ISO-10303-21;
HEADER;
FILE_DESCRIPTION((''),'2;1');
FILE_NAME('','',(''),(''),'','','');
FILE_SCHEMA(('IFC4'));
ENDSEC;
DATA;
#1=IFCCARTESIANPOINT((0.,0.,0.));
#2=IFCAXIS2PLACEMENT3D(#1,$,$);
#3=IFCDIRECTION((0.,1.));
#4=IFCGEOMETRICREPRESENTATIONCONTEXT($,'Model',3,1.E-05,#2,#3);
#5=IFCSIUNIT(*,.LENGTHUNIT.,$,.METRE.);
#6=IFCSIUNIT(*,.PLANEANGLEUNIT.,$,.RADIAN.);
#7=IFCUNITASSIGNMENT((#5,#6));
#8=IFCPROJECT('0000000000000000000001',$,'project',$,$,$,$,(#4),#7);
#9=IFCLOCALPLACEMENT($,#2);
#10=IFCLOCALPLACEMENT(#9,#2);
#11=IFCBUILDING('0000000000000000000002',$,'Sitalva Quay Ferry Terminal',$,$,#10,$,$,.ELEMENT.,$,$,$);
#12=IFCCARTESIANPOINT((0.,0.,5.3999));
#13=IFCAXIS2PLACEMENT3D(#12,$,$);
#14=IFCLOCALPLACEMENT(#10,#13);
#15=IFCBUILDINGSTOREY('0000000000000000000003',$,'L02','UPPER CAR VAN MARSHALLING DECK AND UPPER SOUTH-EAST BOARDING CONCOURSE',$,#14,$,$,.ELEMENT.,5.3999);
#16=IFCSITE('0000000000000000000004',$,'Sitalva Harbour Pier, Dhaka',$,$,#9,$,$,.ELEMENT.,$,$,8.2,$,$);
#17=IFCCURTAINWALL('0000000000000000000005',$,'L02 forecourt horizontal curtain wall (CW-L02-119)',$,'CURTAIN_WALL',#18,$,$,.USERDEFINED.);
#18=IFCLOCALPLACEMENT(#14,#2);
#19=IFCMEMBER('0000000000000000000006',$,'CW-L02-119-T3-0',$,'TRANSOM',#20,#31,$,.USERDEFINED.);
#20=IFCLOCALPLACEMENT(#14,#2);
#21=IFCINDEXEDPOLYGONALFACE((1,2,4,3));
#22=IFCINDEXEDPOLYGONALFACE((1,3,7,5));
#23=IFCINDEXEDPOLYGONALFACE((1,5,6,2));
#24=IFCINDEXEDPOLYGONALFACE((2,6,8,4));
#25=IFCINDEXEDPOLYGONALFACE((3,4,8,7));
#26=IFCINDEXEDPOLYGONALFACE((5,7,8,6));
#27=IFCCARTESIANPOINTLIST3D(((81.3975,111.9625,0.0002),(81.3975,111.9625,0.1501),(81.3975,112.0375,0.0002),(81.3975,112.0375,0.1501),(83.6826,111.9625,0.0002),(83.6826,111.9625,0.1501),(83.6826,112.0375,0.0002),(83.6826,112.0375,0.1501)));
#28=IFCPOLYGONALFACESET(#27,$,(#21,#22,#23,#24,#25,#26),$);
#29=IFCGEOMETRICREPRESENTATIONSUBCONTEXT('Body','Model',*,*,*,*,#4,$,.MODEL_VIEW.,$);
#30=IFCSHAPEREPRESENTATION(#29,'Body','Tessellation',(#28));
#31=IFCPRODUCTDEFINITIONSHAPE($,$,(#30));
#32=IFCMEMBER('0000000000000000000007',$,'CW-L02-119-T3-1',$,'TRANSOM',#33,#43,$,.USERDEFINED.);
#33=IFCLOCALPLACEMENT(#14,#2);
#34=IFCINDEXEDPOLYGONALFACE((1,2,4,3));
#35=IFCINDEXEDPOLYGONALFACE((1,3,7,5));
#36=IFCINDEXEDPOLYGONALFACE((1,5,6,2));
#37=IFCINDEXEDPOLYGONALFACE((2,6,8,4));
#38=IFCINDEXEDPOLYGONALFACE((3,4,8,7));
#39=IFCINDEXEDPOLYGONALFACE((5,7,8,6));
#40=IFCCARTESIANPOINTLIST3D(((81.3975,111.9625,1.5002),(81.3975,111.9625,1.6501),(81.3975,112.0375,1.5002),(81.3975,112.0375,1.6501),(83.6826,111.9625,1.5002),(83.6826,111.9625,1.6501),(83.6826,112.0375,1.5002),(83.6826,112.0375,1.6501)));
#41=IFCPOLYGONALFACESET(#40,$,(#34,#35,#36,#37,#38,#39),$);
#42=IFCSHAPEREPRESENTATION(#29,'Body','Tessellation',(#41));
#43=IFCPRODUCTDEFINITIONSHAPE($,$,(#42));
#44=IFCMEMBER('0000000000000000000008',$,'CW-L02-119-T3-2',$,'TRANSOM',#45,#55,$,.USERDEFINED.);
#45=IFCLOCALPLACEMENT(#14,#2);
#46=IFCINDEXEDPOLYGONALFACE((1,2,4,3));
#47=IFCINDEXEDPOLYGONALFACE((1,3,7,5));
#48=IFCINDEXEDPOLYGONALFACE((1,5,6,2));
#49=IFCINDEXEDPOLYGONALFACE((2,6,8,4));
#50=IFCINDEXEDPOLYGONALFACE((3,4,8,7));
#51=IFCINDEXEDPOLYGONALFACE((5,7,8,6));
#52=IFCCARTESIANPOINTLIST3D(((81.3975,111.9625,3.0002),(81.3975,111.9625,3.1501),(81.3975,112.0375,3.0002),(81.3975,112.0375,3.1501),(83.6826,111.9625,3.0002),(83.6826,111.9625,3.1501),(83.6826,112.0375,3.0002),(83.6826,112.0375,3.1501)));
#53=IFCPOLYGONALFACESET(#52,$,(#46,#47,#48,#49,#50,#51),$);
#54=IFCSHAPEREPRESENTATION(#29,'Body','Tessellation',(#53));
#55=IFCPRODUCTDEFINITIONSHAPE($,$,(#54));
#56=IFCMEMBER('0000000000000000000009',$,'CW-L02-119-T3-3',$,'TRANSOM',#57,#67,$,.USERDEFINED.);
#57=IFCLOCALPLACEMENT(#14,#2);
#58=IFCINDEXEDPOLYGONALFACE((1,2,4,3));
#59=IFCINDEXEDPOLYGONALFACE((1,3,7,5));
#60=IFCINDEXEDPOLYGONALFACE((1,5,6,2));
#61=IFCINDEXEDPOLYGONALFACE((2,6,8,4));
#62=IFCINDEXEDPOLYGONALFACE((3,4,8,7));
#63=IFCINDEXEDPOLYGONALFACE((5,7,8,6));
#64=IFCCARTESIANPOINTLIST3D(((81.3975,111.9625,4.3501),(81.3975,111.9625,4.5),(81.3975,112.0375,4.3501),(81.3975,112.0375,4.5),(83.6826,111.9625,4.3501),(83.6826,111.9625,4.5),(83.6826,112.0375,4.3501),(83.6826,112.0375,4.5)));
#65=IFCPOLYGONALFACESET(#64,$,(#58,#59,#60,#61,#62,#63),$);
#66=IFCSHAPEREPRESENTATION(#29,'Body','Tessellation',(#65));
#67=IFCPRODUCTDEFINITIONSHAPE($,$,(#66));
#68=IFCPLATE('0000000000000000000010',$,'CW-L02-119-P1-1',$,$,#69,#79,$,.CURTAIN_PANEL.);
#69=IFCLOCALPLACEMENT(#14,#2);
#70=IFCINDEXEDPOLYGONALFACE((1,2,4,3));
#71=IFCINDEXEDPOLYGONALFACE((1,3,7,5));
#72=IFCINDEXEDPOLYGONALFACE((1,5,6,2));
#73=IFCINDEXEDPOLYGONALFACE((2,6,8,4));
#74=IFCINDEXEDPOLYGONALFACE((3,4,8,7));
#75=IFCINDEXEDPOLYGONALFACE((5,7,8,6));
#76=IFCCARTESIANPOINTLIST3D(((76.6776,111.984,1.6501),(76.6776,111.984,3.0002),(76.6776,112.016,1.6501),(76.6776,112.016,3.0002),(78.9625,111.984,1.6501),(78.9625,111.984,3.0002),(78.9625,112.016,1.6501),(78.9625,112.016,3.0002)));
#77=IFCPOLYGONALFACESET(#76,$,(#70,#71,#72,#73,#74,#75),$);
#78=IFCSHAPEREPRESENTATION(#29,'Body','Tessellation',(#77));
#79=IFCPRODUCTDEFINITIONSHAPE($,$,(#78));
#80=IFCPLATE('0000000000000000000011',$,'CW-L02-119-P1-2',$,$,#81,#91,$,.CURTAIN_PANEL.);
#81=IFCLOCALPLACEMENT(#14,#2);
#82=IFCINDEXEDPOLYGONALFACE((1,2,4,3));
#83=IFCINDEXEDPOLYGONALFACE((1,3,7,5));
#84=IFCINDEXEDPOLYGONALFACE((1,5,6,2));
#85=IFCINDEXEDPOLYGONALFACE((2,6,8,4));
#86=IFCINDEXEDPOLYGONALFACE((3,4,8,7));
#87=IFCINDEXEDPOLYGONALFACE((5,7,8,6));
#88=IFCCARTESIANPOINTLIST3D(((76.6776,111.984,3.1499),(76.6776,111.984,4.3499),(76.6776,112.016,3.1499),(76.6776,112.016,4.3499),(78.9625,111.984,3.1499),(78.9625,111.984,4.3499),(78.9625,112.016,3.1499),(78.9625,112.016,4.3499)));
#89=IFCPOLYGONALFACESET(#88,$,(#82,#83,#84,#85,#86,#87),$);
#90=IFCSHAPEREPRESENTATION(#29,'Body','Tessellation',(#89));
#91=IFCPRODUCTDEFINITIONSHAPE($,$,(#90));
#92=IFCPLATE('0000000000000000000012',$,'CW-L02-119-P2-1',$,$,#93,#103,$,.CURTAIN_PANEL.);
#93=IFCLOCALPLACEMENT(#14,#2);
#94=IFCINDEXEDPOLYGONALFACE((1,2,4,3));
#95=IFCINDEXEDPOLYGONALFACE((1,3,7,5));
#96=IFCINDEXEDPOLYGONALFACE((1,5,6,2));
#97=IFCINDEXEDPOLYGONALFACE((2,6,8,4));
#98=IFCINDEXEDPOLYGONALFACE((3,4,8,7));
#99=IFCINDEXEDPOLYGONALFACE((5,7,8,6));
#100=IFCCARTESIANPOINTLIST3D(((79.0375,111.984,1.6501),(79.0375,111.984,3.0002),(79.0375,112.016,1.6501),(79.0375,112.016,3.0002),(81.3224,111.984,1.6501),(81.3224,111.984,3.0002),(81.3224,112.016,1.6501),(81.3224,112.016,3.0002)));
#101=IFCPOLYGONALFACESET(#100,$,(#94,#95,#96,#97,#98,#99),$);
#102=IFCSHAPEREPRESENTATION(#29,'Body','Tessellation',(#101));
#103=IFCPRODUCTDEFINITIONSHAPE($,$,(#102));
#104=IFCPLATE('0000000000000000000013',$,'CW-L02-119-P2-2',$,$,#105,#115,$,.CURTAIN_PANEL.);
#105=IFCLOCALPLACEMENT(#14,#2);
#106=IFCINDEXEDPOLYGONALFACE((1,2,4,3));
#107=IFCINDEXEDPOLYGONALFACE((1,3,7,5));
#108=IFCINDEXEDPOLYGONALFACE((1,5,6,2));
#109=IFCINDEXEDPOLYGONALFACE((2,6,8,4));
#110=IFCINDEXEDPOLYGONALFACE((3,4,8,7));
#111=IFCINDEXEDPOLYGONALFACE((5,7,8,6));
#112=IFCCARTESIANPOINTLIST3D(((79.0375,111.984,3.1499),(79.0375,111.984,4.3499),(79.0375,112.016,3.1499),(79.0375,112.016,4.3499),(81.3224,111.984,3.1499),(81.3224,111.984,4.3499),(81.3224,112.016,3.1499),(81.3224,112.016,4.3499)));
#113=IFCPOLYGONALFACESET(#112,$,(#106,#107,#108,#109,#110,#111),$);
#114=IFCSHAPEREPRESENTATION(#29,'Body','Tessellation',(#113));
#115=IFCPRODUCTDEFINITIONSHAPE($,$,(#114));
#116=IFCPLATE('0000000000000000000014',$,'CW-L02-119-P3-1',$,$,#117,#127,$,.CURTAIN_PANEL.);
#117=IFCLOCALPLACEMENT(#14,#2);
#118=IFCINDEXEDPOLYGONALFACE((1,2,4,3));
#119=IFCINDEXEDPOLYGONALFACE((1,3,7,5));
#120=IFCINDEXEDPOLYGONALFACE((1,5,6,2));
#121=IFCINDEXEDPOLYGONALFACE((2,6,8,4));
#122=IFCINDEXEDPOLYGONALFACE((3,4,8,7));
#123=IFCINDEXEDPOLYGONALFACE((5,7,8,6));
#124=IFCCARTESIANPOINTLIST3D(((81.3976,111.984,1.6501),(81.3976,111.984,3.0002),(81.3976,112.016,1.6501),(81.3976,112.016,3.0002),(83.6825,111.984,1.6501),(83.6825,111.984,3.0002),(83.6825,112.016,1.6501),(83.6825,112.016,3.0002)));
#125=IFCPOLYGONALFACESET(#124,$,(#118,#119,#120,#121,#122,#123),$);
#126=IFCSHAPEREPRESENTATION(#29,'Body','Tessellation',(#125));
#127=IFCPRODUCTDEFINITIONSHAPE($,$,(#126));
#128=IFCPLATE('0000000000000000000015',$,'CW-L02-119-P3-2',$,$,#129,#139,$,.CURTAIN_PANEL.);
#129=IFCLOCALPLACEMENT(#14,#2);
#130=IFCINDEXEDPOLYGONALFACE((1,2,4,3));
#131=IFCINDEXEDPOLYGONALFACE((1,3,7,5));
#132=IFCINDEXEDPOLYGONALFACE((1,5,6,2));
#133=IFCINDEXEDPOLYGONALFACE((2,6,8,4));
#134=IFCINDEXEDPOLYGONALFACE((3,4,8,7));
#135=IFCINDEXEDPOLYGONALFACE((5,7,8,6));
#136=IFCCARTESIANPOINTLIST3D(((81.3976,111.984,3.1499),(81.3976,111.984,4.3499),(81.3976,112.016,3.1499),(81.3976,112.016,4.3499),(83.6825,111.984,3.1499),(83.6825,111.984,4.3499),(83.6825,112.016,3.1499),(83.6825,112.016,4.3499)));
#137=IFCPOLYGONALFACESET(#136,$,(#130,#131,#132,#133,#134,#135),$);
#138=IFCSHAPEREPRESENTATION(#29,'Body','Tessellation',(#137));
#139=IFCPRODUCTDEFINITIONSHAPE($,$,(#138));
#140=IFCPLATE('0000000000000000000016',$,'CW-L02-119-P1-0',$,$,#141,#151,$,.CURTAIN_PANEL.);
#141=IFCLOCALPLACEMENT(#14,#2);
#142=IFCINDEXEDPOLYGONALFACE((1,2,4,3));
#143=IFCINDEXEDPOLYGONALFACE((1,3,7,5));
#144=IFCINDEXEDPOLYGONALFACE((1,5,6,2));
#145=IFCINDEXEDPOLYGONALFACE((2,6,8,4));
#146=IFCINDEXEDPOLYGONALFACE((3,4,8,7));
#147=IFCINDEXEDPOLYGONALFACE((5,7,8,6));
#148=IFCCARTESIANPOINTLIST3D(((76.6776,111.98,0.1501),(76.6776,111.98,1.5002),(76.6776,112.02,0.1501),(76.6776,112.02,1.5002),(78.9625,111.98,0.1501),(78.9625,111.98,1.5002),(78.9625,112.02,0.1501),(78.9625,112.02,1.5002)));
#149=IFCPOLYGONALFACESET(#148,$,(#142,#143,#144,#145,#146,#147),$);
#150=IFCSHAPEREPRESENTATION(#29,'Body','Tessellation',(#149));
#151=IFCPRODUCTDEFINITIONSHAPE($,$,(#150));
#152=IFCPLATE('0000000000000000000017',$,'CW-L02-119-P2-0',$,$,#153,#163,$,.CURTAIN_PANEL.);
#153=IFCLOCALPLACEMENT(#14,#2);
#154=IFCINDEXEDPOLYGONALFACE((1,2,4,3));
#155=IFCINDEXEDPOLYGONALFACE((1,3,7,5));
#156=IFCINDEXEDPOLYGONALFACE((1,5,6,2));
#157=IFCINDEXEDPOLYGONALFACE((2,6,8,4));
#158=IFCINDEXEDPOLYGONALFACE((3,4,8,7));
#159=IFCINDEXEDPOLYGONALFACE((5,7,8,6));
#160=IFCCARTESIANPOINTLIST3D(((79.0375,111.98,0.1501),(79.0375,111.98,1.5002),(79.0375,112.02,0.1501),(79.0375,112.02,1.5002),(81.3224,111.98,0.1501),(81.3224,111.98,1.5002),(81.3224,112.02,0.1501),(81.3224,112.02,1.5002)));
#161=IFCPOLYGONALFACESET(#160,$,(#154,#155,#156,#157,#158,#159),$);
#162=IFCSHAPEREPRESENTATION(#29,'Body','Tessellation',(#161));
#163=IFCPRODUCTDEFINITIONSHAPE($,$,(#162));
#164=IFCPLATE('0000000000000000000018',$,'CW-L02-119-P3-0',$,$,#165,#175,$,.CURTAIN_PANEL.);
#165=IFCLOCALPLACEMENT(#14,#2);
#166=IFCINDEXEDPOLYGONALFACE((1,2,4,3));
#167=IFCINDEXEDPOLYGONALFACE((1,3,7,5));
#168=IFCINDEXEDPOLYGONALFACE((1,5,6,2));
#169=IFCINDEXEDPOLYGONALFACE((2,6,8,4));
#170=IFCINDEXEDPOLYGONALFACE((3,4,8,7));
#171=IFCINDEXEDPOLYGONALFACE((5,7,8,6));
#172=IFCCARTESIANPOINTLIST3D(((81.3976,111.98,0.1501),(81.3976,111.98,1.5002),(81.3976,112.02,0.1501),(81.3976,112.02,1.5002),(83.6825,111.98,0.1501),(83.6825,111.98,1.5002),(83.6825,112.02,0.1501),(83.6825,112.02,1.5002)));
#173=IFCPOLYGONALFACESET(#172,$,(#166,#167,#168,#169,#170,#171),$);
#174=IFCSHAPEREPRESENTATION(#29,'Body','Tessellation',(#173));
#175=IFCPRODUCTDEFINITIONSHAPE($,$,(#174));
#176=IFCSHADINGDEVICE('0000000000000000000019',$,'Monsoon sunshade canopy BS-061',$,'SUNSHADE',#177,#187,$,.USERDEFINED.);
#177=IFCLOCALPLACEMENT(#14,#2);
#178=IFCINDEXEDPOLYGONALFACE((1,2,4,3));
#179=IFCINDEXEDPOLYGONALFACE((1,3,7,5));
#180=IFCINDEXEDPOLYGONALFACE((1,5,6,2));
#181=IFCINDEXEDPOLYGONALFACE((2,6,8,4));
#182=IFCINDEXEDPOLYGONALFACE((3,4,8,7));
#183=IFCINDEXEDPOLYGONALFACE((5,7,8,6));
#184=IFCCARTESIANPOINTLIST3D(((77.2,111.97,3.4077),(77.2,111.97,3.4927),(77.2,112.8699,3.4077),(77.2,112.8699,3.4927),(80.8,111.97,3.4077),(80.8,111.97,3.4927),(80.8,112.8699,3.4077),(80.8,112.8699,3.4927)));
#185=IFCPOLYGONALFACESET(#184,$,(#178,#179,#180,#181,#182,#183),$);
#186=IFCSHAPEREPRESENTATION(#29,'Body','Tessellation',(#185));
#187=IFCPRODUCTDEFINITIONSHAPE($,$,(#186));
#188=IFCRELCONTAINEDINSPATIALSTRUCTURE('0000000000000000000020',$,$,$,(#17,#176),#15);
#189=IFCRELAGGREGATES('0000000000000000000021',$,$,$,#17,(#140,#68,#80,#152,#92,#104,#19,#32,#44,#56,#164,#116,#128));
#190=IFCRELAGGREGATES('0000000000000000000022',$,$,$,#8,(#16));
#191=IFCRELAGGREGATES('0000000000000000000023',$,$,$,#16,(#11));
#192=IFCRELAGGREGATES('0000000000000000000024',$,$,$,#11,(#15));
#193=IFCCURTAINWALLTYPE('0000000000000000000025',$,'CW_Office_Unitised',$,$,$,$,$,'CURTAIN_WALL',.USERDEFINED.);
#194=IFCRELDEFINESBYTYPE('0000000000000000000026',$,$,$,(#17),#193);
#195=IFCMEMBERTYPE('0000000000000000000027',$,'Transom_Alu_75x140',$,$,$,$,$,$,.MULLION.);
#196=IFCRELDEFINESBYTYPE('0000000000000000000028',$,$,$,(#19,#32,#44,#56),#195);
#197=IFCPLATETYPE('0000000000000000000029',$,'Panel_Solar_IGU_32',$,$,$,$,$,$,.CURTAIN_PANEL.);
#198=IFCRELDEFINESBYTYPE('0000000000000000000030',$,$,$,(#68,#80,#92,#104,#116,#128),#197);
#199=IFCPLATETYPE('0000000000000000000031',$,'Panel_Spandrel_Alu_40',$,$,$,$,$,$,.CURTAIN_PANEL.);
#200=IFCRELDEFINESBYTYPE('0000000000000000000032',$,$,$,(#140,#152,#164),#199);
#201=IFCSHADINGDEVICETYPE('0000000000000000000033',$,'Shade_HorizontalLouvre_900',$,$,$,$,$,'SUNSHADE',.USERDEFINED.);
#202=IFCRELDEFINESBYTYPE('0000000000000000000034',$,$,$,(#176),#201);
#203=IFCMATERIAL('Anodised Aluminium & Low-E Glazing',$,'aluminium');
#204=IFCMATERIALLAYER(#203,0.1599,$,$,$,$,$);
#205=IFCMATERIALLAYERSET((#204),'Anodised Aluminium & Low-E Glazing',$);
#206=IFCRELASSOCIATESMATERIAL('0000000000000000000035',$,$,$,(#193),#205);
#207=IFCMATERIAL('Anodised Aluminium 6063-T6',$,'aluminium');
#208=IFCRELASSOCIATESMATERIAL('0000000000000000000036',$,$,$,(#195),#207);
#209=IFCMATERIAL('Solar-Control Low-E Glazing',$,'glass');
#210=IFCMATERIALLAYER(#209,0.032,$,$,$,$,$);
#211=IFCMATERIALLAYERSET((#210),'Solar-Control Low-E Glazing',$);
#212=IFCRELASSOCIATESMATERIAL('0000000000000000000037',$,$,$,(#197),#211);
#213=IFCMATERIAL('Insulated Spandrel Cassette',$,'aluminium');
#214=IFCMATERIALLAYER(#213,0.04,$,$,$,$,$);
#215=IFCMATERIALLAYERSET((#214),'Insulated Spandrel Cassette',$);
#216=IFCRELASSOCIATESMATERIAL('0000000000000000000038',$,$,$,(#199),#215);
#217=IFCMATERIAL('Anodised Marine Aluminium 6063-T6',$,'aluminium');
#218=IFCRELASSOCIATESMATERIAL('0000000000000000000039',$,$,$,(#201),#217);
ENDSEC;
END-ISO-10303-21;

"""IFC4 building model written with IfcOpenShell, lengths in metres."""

from ifc_helpers import new_model, si_unit, direction, frame, origin, origin_2d, place, context, subcontext, project, spatial, rectangle, extrude, material, layer, layer_set, material_profile, profile_set, type_object, element, aggregate, save


model = new_model("IFC4")

# Units and contexts
model_context = context("Model", 3, precision=1e-05, world=origin(), true_north=direction((0.0, 1.0)))
body_context = subcontext(model_context, "Body", "Model", "MODEL_VIEW")
ifc_project = project(units=[si_unit("LENGTHUNIT", "METRE"), si_unit("PLANEANGLEUNIT", "RADIAN")], contexts=[model_context])

# Site, building, storey
site_placement = place(None, origin())
site = spatial("IfcSite", under=ifc_project, at=site_placement, Name="Sitalva Harbour Pier, Dhaka", CompositionType="ELEMENT", RefElevation=8.2)
building_placement = place(site_placement, origin())
building = spatial("IfcBuilding", under=site, at=building_placement, Name="Sitalva Quay Ferry Terminal", CompositionType="ELEMENT")
storey_placement = place(building_placement, frame((0.0, 0.0, 5.3999)))
storey = spatial("IfcBuildingStorey", under=building, at=storey_placement, Name="L02", Description="UPPER CAR VAN MARSHALLING DECK AND UPPER SOUTH-EAST BOARDING CONCOURSE", CompositionType="ELEMENT", Elevation=5.3999)

# Curtain wall, members, plates
ifc_material_1 = material(Name="Anodised Aluminium & Low-E Glazing", Category="aluminium")
ifc_layer_1 = layer(ifc_material_1, 0.1599)
ifc_layer_set_1 = layer_set([ifc_layer_1], Name="Anodised Aluminium & Low-E Glazing")
curtain_wall_type = type_object("IfcCurtainWallType", Name="CW_Office_Unitised", ElementType="CURTAIN_WALL", PredefinedType="USERDEFINED", material=ifc_layer_set_1)
curtain_wall_placement = place(storey_placement, origin())
curtain_wall = element("IfcCurtainWall", 1, at=curtain_wall_placement, inside=storey, type_object=curtain_wall_type, Name="L02 forecourt horizontal curtain wall (CW-L02-119)", ObjectType="CURTAIN_WALL", PredefinedType="USERDEFINED")
ifc_material_2 = material(Name="Anodised Aluminium 6063-T6", Category="aluminium")
ifc_material_profile_1 = material_profile(ifc_material_2, rectangle(XDim=0.075, YDim=0.1499, at=origin_2d()), Name="ALU75x150")
ifc_profile_set_1 = profile_set([ifc_material_profile_1], Name="Anodised Aluminium 6063-T6")
member_type_1 = type_object("IfcMemberType", Name="Transom_Alu_75x140", PredefinedType="MULLION", material=ifc_profile_set_1)
member_1_placement = place(storey_placement, frame((81.3975, 112.0, 0.0752), z_axis=(1.0, 0.0, 0.0), x_axis=(0.0, 1.0, 0.0)))
member_1 = element("IfcMember", 2, at=member_1_placement, type_object=member_type_1, Name="CW-L02-119-T3-0", ObjectType="TRANSOM", PredefinedType="USERDEFINED", context=body_context, shape_type="SweptSolid", body=[
    extrude(rectangle(XDim=0.075, YDim=0.1499, at=origin_2d()), origin(), (0.0, 0.0, 1.0), 2.2852),
])
member_2_placement = place(storey_placement, frame((81.3975, 112.0, 1.5752), z_axis=(1.0, 0.0, 0.0), x_axis=(0.0, 1.0, 0.0)))
member_2 = element("IfcMember", 3, at=member_2_placement, type_object=member_type_1, Name="CW-L02-119-T3-1", ObjectType="TRANSOM", PredefinedType="USERDEFINED", context=body_context, shape_type="SweptSolid", body=[
    extrude(rectangle(XDim=0.075, YDim=0.1499, at=origin_2d()), origin(), (0.0, 0.0, 1.0), 2.2852),
])
member_3_placement = place(storey_placement, frame((81.3975, 112.0, 3.0752), z_axis=(1.0, 0.0, 0.0), x_axis=(0.0, 1.0, 0.0)))
member_3 = element("IfcMember", 4, at=member_3_placement, type_object=member_type_1, Name="CW-L02-119-T3-2", ObjectType="TRANSOM", PredefinedType="USERDEFINED", context=body_context, shape_type="SweptSolid", body=[
    extrude(rectangle(XDim=0.075, YDim=0.1499, at=origin_2d()), origin(), (0.0, 0.0, 1.0), 2.2852),
])
member_4_placement = place(storey_placement, frame((81.3975, 112.0, 4.425), z_axis=(1.0, 0.0, 0.0), x_axis=(0.0, 1.0, 0.0)))
member_4 = element("IfcMember", 5, at=member_4_placement, type_object=member_type_1, Name="CW-L02-119-T3-3", ObjectType="TRANSOM", PredefinedType="USERDEFINED", context=body_context, shape_type="SweptSolid", body=[
    extrude(rectangle(XDim=0.075, YDim=0.1499, at=origin_2d()), origin(), (0.0, 0.0, 1.0), 2.2852),
])
ifc_material_3 = material(Name="Solar-Control Low-E Glazing", Category="glass")
ifc_layer_2 = layer(ifc_material_3, 0.032)
ifc_layer_set_2 = layer_set([ifc_layer_2], Name="Solar-Control Low-E Glazing")
plate_type_1 = type_object("IfcPlateType", Name="Panel_Solar_IGU_32", PredefinedType="CURTAIN_PANEL", material=ifc_layer_set_2)
plate_1_placement = place(storey_placement, frame((77.8201, 112.0, 1.6501), z_axis=(0.0, 0.0, 1.0), x_axis=(1.0, 0.0, 0.0)))
plate_1 = element("IfcPlate", 6, at=plate_1_placement, type_object=plate_type_1, Name="CW-L02-119-P1-1", PredefinedType="CURTAIN_PANEL", context=body_context, shape_type="SweptSolid", body=[
    extrude(rectangle(XDim=2.2849, YDim=0.032, at=origin_2d()), origin(), (0.0, 0.0, 1.0), 1.3501),
])
plate_2_placement = place(storey_placement, frame((77.8201, 112.0, 3.1499), z_axis=(0.0, 0.0, 1.0), x_axis=(1.0, 0.0, 0.0)))
plate_2 = element("IfcPlate", 7, at=plate_2_placement, type_object=plate_type_1, Name="CW-L02-119-P1-2", PredefinedType="CURTAIN_PANEL", context=body_context, shape_type="SweptSolid", body=[
    extrude(rectangle(XDim=2.2849, YDim=0.032, at=origin_2d()), origin(), (0.0, 0.0, 1.0), 1.2),
])
plate_3_placement = place(storey_placement, frame((80.1799, 112.0, 1.6501), z_axis=(0.0, 0.0, 1.0), x_axis=(1.0, 0.0, 0.0)))
plate_3 = element("IfcPlate", 8, at=plate_3_placement, type_object=plate_type_1, Name="CW-L02-119-P2-1", PredefinedType="CURTAIN_PANEL", context=body_context, shape_type="SweptSolid", body=[
    extrude(rectangle(XDim=2.2849, YDim=0.032, at=origin_2d()), origin(), (0.0, 0.0, 1.0), 1.3501),
])
plate_4_placement = place(storey_placement, frame((80.1799, 112.0, 3.1499), z_axis=(0.0, 0.0, 1.0), x_axis=(1.0, 0.0, 0.0)))
plate_4 = element("IfcPlate", 9, at=plate_4_placement, type_object=plate_type_1, Name="CW-L02-119-P2-2", PredefinedType="CURTAIN_PANEL", context=body_context, shape_type="SweptSolid", body=[
    extrude(rectangle(XDim=2.2849, YDim=0.032, at=origin_2d()), origin(), (0.0, 0.0, 1.0), 1.2),
])
plate_5_placement = place(storey_placement, frame((82.54, 112.0, 1.6501), z_axis=(0.0, 0.0, 1.0), x_axis=(1.0, 0.0, 0.0)))
plate_5 = element("IfcPlate", 10, at=plate_5_placement, type_object=plate_type_1, Name="CW-L02-119-P3-1", PredefinedType="CURTAIN_PANEL", context=body_context, shape_type="SweptSolid", body=[
    extrude(rectangle(XDim=2.2849, YDim=0.032, at=origin_2d()), origin(), (0.0, 0.0, 1.0), 1.3501),
])
plate_6_placement = place(storey_placement, frame((82.54, 112.0, 3.1499), z_axis=(0.0, 0.0, 1.0), x_axis=(1.0, 0.0, 0.0)))
plate_6 = element("IfcPlate", 11, at=plate_6_placement, type_object=plate_type_1, Name="CW-L02-119-P3-2", PredefinedType="CURTAIN_PANEL", context=body_context, shape_type="SweptSolid", body=[
    extrude(rectangle(XDim=2.2849, YDim=0.032, at=origin_2d()), origin(), (0.0, 0.0, 1.0), 1.2),
])
ifc_material_4 = material(Name="Insulated Spandrel Cassette", Category="aluminium")
ifc_layer_3 = layer(ifc_material_4, 0.04)
ifc_layer_set_3 = layer_set([ifc_layer_3], Name="Insulated Spandrel Cassette")
plate_type_2 = type_object("IfcPlateType", Name="Panel_Spandrel_Alu_40", PredefinedType="CURTAIN_PANEL", material=ifc_layer_set_3)
plate_7_placement = place(storey_placement, frame((77.8201, 112.0, 0.1501), z_axis=(0.0, 0.0, 1.0), x_axis=(1.0, 0.0, 0.0)))
plate_7 = element("IfcPlate", 12, at=plate_7_placement, type_object=plate_type_2, Name="CW-L02-119-P1-0", PredefinedType="CURTAIN_PANEL", context=body_context, shape_type="SweptSolid", body=[
    extrude(rectangle(XDim=2.2849, YDim=0.04, at=origin_2d()), origin(), (0.0, 0.0, 1.0), 1.3501),
])
plate_8_placement = place(storey_placement, frame((80.1799, 112.0, 0.1501), z_axis=(0.0, 0.0, 1.0), x_axis=(1.0, 0.0, 0.0)))
plate_8 = element("IfcPlate", 13, at=plate_8_placement, type_object=plate_type_2, Name="CW-L02-119-P2-0", PredefinedType="CURTAIN_PANEL", context=body_context, shape_type="SweptSolid", body=[
    extrude(rectangle(XDim=2.2849, YDim=0.04, at=origin_2d()), origin(), (0.0, 0.0, 1.0), 1.3501),
])
plate_9_placement = place(storey_placement, frame((82.54, 112.0, 0.1501), z_axis=(0.0, 0.0, 1.0), x_axis=(1.0, 0.0, 0.0)))
plate_9 = element("IfcPlate", 14, at=plate_9_placement, type_object=plate_type_2, Name="CW-L02-119-P3-0", PredefinedType="CURTAIN_PANEL", context=body_context, shape_type="SweptSolid", body=[
    extrude(rectangle(XDim=2.2849, YDim=0.04, at=origin_2d()), origin(), (0.0, 0.0, 1.0), 1.3501),
])
aggregate(curtain_wall, [plate_7, plate_1, plate_2, plate_8, plate_3, plate_4, member_1, member_2, member_3, member_4, plate_9, plate_5, plate_6])

# Shading device
ifc_material_5 = material(Name="Anodised Marine Aluminium 6063-T6", Category="aluminium")
shading_device_type = type_object("IfcShadingDeviceType", Name="Shade_HorizontalLouvre_900", ElementType="SUNSHADE", PredefinedType="USERDEFINED", material=ifc_material_5)
shading_device_placement = place(storey_placement, frame((79.0, 112.4199, 3.4077), z_axis=(0.0, 0.0, 1.0), x_axis=(1.0, 0.0, 0.0)))
element("IfcShadingDevice", 15, at=shading_device_placement, inside=storey, type_object=shading_device_type, Name="Monsoon sunshade canopy BS-061", ObjectType="SUNSHADE", PredefinedType="USERDEFINED", context=body_context, shape_type="SweptSolid", body=[
    extrude(rectangle(XDim=3.6001, YDim=0.8999, at=origin_2d()), origin(), (0.0, 0.0, 1.0), 0.085),
])

save(model, "model.ifc")
